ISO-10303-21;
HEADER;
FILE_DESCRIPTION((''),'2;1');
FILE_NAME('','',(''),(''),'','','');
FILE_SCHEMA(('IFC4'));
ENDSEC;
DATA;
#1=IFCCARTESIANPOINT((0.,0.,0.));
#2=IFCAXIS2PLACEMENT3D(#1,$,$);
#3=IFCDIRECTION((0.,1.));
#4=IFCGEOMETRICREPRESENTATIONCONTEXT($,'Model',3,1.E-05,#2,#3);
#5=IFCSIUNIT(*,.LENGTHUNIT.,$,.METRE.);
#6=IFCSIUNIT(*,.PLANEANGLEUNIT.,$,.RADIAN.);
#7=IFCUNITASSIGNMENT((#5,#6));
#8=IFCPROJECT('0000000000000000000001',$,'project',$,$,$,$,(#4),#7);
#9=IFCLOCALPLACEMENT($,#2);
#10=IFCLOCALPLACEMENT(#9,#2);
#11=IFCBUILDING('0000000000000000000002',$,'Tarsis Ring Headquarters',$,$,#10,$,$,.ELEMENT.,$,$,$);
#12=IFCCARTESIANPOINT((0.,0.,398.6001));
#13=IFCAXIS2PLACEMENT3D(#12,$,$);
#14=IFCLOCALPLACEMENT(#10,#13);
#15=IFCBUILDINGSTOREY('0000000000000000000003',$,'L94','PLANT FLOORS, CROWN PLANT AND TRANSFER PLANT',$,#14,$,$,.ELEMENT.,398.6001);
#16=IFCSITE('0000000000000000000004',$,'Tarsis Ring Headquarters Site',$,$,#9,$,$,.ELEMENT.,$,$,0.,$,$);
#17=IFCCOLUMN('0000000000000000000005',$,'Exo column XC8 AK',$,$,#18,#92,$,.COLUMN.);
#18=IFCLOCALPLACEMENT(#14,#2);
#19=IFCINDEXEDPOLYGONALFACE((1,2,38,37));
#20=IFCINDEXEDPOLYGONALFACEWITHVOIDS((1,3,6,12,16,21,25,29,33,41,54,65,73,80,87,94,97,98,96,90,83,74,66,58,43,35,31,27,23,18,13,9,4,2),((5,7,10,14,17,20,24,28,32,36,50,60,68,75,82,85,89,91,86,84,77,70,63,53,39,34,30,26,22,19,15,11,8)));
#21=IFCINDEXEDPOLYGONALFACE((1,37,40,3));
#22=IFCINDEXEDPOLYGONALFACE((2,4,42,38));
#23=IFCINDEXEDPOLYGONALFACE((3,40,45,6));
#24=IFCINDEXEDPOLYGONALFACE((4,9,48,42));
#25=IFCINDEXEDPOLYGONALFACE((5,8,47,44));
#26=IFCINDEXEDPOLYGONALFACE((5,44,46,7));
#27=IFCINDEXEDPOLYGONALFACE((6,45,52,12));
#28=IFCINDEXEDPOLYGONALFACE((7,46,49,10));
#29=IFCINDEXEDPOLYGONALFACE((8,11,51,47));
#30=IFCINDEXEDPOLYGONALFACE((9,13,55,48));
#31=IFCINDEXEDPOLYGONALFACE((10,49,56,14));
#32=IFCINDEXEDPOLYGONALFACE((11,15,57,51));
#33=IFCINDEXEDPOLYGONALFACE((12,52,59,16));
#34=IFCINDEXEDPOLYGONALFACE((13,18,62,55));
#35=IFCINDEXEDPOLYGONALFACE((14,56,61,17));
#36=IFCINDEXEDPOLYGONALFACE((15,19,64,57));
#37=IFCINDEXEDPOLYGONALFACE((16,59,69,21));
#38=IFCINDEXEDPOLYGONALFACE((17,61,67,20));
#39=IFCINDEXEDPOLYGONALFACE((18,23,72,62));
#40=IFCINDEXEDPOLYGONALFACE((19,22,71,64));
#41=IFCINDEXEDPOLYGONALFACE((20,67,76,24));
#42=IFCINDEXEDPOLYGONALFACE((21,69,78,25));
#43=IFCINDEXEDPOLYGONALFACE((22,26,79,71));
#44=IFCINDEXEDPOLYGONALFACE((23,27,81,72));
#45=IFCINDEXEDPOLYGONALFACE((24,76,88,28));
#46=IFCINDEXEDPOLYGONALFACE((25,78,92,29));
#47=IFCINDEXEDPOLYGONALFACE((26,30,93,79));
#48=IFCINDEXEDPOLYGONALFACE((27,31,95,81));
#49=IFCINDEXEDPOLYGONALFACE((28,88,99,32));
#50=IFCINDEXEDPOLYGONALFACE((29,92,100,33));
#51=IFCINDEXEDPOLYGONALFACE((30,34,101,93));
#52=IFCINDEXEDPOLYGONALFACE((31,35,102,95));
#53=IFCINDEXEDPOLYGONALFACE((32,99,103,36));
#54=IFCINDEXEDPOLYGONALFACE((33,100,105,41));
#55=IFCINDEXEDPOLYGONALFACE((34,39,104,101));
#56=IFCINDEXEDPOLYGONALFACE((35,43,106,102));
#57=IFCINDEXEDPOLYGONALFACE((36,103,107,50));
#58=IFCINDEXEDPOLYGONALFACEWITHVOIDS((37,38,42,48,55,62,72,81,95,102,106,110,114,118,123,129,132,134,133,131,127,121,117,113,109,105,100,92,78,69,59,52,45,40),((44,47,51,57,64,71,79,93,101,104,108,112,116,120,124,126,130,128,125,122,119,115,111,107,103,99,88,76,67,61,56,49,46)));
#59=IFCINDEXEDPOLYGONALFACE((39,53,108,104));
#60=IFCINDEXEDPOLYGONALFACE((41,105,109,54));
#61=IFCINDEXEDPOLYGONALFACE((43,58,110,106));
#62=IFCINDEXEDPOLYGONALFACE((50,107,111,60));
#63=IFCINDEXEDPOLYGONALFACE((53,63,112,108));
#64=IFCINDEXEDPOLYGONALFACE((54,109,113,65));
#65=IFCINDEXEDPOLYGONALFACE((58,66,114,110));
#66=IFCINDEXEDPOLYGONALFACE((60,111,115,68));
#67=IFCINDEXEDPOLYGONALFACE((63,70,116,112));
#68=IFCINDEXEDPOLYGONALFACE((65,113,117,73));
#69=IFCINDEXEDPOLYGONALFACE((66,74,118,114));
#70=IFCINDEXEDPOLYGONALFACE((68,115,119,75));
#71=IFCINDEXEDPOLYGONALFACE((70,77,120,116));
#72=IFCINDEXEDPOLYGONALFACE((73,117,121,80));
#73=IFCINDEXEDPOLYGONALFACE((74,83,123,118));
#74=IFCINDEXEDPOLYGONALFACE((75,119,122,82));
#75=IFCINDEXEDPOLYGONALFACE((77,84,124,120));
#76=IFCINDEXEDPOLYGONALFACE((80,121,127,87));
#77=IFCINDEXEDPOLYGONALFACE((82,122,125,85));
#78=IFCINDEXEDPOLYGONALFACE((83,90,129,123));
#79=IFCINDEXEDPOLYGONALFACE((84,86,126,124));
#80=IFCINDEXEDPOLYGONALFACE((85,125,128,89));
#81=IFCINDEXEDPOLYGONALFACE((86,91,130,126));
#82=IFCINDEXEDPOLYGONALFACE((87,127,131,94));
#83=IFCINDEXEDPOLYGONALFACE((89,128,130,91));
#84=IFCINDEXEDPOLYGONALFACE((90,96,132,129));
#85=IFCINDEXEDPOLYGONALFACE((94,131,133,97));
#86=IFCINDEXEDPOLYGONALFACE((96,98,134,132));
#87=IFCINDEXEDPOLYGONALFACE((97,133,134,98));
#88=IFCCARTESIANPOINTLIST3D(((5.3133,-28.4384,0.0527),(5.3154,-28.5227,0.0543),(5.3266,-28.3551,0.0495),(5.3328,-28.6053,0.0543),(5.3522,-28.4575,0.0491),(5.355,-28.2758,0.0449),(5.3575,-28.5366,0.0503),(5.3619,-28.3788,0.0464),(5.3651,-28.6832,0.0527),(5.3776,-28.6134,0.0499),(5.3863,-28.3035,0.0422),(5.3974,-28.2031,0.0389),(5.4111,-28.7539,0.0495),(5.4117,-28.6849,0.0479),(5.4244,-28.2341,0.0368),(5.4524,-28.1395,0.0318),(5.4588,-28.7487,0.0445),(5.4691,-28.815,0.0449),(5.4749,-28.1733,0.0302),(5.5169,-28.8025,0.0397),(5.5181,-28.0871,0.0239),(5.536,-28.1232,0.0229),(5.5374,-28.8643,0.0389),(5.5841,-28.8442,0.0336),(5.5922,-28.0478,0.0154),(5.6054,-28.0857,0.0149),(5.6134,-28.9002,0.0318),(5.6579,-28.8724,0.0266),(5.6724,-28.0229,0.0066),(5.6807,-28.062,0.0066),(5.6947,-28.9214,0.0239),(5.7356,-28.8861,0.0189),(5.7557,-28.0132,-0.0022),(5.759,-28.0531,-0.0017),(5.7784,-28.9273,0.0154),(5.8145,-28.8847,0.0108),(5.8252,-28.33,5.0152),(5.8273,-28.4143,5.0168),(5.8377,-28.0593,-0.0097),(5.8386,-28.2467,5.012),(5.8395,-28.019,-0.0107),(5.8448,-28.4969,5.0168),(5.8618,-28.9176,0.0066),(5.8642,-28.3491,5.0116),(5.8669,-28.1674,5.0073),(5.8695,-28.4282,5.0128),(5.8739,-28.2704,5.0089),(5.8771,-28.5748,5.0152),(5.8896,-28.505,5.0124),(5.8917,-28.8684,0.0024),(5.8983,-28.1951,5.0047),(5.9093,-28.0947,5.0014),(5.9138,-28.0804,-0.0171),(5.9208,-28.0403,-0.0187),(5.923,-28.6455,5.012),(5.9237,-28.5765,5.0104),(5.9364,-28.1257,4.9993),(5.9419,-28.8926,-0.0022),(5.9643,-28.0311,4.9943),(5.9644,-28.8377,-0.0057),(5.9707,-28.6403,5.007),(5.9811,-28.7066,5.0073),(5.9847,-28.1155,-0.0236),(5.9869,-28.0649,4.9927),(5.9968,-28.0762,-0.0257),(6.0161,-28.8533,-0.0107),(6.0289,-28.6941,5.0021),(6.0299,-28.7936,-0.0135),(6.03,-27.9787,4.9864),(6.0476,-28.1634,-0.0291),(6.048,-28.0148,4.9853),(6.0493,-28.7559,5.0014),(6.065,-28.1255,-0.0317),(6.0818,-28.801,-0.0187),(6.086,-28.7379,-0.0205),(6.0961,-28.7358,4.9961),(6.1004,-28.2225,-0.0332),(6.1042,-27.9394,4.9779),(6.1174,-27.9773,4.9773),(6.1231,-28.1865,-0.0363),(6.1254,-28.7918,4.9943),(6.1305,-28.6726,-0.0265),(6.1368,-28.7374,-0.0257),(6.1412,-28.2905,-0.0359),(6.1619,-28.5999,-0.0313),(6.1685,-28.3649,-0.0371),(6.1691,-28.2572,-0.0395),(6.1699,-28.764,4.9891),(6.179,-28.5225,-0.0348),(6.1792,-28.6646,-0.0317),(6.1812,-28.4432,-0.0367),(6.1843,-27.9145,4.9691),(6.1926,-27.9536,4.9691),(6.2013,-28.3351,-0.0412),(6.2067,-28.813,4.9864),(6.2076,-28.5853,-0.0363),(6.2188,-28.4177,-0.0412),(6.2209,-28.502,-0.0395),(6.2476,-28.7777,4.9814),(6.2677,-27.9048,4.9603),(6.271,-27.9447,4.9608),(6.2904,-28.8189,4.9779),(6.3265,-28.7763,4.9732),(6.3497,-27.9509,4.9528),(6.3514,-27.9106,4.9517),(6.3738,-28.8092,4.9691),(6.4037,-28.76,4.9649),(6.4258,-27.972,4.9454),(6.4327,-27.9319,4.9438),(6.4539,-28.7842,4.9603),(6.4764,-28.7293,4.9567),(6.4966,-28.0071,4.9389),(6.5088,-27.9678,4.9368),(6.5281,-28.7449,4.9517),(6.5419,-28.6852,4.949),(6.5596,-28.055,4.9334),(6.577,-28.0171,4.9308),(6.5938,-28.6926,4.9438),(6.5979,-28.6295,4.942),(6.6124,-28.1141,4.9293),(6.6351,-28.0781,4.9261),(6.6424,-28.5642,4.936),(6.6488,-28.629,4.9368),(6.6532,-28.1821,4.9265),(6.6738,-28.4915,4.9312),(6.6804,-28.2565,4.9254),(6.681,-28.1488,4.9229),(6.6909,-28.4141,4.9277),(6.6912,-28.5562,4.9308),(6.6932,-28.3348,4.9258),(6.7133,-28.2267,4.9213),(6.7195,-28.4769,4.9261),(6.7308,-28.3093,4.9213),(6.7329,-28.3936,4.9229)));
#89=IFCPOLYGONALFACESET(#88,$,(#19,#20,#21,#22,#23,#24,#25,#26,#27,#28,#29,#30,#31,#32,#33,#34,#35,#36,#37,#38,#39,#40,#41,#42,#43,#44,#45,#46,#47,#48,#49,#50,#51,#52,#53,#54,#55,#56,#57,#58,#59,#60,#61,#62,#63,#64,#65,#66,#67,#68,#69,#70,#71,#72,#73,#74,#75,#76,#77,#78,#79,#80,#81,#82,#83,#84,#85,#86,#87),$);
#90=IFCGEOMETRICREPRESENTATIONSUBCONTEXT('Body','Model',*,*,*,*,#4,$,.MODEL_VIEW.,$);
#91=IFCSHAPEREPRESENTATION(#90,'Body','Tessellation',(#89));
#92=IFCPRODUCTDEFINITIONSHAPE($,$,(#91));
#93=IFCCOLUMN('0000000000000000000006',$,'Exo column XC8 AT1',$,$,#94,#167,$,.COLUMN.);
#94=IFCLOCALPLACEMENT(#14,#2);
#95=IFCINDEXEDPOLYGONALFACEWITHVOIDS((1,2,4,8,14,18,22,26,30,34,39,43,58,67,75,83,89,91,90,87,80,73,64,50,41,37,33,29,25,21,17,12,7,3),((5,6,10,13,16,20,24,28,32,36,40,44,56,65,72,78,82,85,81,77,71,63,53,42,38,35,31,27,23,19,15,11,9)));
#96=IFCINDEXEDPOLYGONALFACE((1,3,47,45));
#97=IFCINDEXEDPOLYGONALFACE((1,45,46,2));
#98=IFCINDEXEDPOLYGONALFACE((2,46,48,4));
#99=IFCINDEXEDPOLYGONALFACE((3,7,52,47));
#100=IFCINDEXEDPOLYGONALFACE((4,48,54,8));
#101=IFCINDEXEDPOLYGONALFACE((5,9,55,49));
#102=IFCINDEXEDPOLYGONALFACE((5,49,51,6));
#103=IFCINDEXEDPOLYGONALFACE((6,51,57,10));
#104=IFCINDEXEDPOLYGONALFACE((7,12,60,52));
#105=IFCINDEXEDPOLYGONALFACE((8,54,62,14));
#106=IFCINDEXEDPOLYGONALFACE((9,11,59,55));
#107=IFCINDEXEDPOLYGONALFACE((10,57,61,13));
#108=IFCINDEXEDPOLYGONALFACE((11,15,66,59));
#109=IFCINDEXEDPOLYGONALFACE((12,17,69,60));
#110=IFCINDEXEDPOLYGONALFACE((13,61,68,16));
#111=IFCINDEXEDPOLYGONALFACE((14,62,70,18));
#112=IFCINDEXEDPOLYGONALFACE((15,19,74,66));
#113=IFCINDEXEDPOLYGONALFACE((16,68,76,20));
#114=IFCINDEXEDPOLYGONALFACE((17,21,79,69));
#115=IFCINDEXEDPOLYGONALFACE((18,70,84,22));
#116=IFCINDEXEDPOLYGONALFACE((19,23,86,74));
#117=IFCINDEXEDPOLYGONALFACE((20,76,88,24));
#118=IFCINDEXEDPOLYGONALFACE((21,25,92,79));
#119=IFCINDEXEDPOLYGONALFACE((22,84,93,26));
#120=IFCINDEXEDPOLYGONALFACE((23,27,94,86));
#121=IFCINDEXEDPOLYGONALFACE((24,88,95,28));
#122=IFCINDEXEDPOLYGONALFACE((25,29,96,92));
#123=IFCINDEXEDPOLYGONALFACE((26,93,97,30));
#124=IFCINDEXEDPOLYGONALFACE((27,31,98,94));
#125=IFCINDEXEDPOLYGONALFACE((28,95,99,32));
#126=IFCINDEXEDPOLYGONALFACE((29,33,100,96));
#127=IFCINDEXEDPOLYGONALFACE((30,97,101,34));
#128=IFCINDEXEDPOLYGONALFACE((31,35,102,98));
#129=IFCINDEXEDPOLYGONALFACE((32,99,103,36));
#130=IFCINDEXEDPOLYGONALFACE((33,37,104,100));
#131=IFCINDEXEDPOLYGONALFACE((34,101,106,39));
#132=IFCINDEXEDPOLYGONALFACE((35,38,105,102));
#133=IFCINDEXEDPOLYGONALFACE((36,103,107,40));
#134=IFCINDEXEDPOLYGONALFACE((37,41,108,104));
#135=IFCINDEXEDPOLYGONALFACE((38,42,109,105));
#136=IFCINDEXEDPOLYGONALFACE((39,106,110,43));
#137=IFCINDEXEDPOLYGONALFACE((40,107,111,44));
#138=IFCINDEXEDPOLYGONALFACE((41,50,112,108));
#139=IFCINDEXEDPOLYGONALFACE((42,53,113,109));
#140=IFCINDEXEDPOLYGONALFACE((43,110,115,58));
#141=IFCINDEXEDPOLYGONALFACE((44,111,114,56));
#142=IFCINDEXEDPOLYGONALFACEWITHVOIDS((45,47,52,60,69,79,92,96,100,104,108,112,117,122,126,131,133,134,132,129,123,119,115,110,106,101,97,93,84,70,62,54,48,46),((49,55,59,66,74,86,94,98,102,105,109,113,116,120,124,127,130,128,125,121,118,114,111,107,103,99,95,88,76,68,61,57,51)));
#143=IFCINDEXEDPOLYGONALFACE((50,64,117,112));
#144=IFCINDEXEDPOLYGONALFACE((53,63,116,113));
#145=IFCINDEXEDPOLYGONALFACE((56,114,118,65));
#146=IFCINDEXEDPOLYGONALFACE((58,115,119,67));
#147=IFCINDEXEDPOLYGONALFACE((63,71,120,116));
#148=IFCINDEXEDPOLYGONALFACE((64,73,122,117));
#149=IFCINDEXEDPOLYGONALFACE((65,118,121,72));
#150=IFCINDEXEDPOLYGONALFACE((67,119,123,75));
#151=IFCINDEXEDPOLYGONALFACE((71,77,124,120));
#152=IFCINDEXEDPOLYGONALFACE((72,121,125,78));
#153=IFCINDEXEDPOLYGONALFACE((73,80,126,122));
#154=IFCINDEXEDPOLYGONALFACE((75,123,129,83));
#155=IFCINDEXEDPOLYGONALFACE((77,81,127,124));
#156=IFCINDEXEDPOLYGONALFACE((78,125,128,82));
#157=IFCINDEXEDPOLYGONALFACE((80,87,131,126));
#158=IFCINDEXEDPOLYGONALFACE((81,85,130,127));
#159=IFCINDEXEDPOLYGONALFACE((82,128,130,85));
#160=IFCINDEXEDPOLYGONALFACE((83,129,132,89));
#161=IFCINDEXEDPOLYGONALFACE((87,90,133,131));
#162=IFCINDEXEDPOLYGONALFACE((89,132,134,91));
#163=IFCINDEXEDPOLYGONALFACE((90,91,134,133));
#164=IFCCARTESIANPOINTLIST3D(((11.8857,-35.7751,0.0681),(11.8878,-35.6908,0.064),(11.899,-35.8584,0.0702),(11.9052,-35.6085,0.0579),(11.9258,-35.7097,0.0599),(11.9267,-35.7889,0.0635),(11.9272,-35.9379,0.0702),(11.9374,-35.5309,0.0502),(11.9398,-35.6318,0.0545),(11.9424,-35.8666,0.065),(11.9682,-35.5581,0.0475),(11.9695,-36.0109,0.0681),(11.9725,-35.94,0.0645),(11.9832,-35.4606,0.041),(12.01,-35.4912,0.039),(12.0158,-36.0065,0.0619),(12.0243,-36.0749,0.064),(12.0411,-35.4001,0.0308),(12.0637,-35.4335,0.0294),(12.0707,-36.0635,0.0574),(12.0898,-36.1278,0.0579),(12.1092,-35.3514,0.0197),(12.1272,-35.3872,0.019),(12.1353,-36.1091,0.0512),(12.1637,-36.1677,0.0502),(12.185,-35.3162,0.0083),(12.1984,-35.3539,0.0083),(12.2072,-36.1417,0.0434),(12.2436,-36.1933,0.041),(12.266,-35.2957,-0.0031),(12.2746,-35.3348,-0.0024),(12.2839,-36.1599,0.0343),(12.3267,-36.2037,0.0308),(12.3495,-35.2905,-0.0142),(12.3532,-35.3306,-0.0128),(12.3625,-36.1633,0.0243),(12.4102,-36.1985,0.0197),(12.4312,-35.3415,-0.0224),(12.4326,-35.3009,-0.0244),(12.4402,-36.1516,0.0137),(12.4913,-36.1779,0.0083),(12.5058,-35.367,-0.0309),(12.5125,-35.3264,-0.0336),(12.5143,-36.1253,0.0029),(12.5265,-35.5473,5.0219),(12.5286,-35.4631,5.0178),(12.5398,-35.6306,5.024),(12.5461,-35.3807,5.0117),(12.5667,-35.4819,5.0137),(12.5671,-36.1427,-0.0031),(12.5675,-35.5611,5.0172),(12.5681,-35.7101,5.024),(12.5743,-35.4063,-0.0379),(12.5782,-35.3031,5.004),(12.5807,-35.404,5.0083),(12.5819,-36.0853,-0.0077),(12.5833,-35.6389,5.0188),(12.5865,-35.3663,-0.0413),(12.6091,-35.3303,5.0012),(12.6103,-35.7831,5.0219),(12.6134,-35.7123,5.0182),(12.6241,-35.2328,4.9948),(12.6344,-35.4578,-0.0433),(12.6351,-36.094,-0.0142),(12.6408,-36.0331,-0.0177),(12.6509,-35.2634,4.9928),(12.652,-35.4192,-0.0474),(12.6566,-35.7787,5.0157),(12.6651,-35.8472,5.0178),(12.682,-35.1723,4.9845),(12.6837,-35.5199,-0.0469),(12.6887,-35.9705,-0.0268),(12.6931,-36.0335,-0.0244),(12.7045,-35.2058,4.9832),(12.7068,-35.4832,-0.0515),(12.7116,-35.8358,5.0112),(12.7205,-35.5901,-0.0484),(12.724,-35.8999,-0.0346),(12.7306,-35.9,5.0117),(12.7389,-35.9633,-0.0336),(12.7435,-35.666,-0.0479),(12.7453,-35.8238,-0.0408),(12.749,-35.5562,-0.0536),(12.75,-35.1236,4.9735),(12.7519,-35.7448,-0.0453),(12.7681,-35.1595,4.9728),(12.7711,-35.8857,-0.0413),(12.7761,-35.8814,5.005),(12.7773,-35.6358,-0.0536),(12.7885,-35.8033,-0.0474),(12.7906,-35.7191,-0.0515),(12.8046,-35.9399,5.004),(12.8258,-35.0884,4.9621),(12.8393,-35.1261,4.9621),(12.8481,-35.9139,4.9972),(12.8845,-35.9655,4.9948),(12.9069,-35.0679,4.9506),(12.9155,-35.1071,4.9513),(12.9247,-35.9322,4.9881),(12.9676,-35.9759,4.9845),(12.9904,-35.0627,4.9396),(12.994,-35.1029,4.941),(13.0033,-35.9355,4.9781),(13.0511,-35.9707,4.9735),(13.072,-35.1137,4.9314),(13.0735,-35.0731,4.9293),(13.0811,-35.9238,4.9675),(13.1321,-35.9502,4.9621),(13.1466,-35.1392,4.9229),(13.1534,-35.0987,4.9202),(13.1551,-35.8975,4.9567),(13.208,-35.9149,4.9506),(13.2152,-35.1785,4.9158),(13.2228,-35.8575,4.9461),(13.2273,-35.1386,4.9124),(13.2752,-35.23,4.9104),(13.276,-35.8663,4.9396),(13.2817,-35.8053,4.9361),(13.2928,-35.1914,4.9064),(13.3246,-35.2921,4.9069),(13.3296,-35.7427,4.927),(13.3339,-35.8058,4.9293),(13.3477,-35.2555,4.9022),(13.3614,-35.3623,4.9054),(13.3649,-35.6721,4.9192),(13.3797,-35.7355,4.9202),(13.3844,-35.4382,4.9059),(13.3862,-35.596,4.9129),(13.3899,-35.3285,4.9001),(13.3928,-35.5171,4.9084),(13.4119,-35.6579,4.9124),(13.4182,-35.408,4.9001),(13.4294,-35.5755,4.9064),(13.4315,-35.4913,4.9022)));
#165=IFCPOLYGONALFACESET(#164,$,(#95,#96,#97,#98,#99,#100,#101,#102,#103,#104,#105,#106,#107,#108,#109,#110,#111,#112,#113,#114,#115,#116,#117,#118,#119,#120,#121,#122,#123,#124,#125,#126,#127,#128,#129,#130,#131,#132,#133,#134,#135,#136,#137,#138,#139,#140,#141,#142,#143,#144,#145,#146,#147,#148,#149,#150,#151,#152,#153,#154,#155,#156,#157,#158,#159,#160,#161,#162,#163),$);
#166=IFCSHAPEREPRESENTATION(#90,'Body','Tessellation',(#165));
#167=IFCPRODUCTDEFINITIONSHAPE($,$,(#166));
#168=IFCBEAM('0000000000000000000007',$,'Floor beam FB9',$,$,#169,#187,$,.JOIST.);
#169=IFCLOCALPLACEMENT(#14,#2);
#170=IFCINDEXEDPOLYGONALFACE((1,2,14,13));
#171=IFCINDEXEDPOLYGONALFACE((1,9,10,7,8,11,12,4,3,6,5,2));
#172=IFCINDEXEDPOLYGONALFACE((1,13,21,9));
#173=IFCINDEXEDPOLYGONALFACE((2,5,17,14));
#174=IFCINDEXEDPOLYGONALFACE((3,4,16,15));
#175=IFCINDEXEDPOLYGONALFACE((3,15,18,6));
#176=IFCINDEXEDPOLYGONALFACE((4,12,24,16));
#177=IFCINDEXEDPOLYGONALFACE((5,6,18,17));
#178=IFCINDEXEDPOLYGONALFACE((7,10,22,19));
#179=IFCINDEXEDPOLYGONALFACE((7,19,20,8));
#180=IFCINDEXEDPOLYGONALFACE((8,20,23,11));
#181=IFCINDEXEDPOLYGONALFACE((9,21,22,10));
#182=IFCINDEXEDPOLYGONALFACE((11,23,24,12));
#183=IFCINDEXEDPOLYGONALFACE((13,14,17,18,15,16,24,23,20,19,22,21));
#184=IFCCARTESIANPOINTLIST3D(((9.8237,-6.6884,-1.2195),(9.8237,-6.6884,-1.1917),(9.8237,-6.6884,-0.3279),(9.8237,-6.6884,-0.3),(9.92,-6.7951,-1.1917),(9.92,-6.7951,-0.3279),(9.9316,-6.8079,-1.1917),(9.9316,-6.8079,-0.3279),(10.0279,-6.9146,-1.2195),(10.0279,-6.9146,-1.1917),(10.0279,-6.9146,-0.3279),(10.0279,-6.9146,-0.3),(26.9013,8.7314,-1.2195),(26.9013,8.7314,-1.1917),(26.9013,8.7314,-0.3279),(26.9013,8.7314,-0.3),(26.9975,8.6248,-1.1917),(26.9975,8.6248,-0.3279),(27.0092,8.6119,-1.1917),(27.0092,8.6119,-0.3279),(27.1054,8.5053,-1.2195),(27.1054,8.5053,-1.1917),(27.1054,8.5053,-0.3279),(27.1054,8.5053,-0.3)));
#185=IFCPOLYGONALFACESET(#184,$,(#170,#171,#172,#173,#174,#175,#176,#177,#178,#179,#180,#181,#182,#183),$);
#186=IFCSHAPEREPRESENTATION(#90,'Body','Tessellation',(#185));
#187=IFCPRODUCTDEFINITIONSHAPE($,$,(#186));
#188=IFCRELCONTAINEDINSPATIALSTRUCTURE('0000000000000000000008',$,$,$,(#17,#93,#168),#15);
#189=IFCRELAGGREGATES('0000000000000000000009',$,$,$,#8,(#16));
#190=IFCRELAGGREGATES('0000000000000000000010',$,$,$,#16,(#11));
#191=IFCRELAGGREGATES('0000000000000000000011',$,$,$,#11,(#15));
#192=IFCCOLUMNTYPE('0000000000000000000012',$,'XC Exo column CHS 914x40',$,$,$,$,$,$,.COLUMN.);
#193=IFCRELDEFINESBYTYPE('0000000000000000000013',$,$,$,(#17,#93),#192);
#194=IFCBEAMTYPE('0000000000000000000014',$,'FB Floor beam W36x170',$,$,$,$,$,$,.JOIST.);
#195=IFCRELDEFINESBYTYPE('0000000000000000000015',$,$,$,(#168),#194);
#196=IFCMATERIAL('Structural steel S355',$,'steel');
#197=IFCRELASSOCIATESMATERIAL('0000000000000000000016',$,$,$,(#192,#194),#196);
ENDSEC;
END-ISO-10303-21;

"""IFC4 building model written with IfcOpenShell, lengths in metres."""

from ifc_helpers import new_model, si_unit, direction, frame, origin, origin_2d, place, context, subcontext, project, spatial, hollow_circle, i_section, extrude, material, material_profile, profile_set, type_object, element, save


model = new_model("IFC4")

# Units and contexts
model_context = context("Model", 3, precision=1e-05, world=origin(), true_north=direction((0.0, 1.0)))
body_context = subcontext(model_context, "Body", "Model", "MODEL_VIEW")
ifc_project = project(units=[si_unit("LENGTHUNIT", "METRE"), si_unit("PLANEANGLEUNIT", "RADIAN")], contexts=[model_context])

# Site, building, storey
site_placement = place(None, origin())
site = spatial("IfcSite", under=ifc_project, at=site_placement, Name="Tarsis Ring Headquarters Site", CompositionType="ELEMENT", RefElevation=0.0)
building_placement = place(site_placement, origin())
building = spatial("IfcBuilding", under=site, at=building_placement, Name="Tarsis Ring Headquarters", CompositionType="ELEMENT")
storey_placement = place(building_placement, frame((0.0, 0.0, 398.6001)))
storey = spatial("IfcBuildingStorey", under=building, at=storey_placement, Name="L94", Description="PLANT FLOORS, CROWN PLANT AND TRANSFER PLANT", CompositionType="ELEMENT", Elevation=398.6001)

# Columns
ifc_material_1 = material(Name="Structural steel S355", Category="steel")
ifc_material_profile_1 = material_profile(ifc_material_1, hollow_circle(Radius=0.457, WallThickness=0.04, at=origin_2d()), Name="CHS 914x40")
ifc_profile_set_1 = profile_set([ifc_material_profile_1], Name="Structural steel S355")
column_type = type_object("IfcColumnType", Name="XC Exo column CHS 914x40", PredefinedType="COLUMN", material=ifc_profile_set_1)
column_1_placement = place(storey_placement, frame((5.7671, -28.4702, 0.0066), z_axis=(0.102599, 0.021723, 0.994486), x_axis=(-0.207139, 0.978312, 0.0)))
element("IfcColumn", 1, at=column_1_placement, inside=storey, type_object=column_type, Name="Exo column XC8 AK", PredefinedType="COLUMN", context=body_context, shape_type="SweptSolid", body=[
    extrude(hollow_circle(Radius=0.4573, WallThickness=0.04, at=origin_2d()), origin(), (0.0, 0.0, 1.0), 4.99),
])
column_2_placement = place(storey_placement, frame((12.3381, -35.7471, 0.0083), z_axis=(0.128165, 0.045554, 0.990706), x_axis=(-0.334903, 0.942252, 0.0)))
element("IfcColumn", 2, at=column_2_placement, inside=storey, type_object=column_type, Name="Exo column XC8 AT1", PredefinedType="COLUMN", context=body_context, shape_type="SweptSolid", body=[
    extrude(hollow_circle(Radius=0.4573, WallThickness=0.04, at=origin_2d()), origin(), (0.0, 0.0, 1.0), 5.0002),
])

# Beam
ifc_material_profile_2 = material_profile(ifc_material_1, i_section(OverallWidth=0.3047, OverallDepth=0.9194, WebThickness=0.0173, FlangeThickness=0.0278, at=origin_2d()), Name="W36x170")
ifc_profile_set_2 = profile_set([ifc_material_profile_2], Name="Structural steel S355")
beam_type_1 = type_object("IfcBeamType", Name="FB Floor beam W36x170", PredefinedType="JOIST", material=ifc_profile_set_2)
beam_1_placement = place(storey_placement, frame((9.9258, -6.8015, -0.7598), z_axis=(0.742212, 0.670166, 0.0), x_axis=(-0.670166, 0.742212, 0.0)))
element("IfcBeam", 3, at=beam_1_placement, inside=storey, type_object=beam_type_1, Name="Floor beam FB9", PredefinedType="JOIST", context=body_context, shape_type="SweptSolid", body=[
    extrude(i_section(OverallWidth=0.3047, OverallDepth=0.9194, WebThickness=0.0173, FlangeThickness=0.0278, at=origin_2d()), origin(), (0.0, 0.0, 1.0), 23.009),
])

save(model, "model.ifc")
